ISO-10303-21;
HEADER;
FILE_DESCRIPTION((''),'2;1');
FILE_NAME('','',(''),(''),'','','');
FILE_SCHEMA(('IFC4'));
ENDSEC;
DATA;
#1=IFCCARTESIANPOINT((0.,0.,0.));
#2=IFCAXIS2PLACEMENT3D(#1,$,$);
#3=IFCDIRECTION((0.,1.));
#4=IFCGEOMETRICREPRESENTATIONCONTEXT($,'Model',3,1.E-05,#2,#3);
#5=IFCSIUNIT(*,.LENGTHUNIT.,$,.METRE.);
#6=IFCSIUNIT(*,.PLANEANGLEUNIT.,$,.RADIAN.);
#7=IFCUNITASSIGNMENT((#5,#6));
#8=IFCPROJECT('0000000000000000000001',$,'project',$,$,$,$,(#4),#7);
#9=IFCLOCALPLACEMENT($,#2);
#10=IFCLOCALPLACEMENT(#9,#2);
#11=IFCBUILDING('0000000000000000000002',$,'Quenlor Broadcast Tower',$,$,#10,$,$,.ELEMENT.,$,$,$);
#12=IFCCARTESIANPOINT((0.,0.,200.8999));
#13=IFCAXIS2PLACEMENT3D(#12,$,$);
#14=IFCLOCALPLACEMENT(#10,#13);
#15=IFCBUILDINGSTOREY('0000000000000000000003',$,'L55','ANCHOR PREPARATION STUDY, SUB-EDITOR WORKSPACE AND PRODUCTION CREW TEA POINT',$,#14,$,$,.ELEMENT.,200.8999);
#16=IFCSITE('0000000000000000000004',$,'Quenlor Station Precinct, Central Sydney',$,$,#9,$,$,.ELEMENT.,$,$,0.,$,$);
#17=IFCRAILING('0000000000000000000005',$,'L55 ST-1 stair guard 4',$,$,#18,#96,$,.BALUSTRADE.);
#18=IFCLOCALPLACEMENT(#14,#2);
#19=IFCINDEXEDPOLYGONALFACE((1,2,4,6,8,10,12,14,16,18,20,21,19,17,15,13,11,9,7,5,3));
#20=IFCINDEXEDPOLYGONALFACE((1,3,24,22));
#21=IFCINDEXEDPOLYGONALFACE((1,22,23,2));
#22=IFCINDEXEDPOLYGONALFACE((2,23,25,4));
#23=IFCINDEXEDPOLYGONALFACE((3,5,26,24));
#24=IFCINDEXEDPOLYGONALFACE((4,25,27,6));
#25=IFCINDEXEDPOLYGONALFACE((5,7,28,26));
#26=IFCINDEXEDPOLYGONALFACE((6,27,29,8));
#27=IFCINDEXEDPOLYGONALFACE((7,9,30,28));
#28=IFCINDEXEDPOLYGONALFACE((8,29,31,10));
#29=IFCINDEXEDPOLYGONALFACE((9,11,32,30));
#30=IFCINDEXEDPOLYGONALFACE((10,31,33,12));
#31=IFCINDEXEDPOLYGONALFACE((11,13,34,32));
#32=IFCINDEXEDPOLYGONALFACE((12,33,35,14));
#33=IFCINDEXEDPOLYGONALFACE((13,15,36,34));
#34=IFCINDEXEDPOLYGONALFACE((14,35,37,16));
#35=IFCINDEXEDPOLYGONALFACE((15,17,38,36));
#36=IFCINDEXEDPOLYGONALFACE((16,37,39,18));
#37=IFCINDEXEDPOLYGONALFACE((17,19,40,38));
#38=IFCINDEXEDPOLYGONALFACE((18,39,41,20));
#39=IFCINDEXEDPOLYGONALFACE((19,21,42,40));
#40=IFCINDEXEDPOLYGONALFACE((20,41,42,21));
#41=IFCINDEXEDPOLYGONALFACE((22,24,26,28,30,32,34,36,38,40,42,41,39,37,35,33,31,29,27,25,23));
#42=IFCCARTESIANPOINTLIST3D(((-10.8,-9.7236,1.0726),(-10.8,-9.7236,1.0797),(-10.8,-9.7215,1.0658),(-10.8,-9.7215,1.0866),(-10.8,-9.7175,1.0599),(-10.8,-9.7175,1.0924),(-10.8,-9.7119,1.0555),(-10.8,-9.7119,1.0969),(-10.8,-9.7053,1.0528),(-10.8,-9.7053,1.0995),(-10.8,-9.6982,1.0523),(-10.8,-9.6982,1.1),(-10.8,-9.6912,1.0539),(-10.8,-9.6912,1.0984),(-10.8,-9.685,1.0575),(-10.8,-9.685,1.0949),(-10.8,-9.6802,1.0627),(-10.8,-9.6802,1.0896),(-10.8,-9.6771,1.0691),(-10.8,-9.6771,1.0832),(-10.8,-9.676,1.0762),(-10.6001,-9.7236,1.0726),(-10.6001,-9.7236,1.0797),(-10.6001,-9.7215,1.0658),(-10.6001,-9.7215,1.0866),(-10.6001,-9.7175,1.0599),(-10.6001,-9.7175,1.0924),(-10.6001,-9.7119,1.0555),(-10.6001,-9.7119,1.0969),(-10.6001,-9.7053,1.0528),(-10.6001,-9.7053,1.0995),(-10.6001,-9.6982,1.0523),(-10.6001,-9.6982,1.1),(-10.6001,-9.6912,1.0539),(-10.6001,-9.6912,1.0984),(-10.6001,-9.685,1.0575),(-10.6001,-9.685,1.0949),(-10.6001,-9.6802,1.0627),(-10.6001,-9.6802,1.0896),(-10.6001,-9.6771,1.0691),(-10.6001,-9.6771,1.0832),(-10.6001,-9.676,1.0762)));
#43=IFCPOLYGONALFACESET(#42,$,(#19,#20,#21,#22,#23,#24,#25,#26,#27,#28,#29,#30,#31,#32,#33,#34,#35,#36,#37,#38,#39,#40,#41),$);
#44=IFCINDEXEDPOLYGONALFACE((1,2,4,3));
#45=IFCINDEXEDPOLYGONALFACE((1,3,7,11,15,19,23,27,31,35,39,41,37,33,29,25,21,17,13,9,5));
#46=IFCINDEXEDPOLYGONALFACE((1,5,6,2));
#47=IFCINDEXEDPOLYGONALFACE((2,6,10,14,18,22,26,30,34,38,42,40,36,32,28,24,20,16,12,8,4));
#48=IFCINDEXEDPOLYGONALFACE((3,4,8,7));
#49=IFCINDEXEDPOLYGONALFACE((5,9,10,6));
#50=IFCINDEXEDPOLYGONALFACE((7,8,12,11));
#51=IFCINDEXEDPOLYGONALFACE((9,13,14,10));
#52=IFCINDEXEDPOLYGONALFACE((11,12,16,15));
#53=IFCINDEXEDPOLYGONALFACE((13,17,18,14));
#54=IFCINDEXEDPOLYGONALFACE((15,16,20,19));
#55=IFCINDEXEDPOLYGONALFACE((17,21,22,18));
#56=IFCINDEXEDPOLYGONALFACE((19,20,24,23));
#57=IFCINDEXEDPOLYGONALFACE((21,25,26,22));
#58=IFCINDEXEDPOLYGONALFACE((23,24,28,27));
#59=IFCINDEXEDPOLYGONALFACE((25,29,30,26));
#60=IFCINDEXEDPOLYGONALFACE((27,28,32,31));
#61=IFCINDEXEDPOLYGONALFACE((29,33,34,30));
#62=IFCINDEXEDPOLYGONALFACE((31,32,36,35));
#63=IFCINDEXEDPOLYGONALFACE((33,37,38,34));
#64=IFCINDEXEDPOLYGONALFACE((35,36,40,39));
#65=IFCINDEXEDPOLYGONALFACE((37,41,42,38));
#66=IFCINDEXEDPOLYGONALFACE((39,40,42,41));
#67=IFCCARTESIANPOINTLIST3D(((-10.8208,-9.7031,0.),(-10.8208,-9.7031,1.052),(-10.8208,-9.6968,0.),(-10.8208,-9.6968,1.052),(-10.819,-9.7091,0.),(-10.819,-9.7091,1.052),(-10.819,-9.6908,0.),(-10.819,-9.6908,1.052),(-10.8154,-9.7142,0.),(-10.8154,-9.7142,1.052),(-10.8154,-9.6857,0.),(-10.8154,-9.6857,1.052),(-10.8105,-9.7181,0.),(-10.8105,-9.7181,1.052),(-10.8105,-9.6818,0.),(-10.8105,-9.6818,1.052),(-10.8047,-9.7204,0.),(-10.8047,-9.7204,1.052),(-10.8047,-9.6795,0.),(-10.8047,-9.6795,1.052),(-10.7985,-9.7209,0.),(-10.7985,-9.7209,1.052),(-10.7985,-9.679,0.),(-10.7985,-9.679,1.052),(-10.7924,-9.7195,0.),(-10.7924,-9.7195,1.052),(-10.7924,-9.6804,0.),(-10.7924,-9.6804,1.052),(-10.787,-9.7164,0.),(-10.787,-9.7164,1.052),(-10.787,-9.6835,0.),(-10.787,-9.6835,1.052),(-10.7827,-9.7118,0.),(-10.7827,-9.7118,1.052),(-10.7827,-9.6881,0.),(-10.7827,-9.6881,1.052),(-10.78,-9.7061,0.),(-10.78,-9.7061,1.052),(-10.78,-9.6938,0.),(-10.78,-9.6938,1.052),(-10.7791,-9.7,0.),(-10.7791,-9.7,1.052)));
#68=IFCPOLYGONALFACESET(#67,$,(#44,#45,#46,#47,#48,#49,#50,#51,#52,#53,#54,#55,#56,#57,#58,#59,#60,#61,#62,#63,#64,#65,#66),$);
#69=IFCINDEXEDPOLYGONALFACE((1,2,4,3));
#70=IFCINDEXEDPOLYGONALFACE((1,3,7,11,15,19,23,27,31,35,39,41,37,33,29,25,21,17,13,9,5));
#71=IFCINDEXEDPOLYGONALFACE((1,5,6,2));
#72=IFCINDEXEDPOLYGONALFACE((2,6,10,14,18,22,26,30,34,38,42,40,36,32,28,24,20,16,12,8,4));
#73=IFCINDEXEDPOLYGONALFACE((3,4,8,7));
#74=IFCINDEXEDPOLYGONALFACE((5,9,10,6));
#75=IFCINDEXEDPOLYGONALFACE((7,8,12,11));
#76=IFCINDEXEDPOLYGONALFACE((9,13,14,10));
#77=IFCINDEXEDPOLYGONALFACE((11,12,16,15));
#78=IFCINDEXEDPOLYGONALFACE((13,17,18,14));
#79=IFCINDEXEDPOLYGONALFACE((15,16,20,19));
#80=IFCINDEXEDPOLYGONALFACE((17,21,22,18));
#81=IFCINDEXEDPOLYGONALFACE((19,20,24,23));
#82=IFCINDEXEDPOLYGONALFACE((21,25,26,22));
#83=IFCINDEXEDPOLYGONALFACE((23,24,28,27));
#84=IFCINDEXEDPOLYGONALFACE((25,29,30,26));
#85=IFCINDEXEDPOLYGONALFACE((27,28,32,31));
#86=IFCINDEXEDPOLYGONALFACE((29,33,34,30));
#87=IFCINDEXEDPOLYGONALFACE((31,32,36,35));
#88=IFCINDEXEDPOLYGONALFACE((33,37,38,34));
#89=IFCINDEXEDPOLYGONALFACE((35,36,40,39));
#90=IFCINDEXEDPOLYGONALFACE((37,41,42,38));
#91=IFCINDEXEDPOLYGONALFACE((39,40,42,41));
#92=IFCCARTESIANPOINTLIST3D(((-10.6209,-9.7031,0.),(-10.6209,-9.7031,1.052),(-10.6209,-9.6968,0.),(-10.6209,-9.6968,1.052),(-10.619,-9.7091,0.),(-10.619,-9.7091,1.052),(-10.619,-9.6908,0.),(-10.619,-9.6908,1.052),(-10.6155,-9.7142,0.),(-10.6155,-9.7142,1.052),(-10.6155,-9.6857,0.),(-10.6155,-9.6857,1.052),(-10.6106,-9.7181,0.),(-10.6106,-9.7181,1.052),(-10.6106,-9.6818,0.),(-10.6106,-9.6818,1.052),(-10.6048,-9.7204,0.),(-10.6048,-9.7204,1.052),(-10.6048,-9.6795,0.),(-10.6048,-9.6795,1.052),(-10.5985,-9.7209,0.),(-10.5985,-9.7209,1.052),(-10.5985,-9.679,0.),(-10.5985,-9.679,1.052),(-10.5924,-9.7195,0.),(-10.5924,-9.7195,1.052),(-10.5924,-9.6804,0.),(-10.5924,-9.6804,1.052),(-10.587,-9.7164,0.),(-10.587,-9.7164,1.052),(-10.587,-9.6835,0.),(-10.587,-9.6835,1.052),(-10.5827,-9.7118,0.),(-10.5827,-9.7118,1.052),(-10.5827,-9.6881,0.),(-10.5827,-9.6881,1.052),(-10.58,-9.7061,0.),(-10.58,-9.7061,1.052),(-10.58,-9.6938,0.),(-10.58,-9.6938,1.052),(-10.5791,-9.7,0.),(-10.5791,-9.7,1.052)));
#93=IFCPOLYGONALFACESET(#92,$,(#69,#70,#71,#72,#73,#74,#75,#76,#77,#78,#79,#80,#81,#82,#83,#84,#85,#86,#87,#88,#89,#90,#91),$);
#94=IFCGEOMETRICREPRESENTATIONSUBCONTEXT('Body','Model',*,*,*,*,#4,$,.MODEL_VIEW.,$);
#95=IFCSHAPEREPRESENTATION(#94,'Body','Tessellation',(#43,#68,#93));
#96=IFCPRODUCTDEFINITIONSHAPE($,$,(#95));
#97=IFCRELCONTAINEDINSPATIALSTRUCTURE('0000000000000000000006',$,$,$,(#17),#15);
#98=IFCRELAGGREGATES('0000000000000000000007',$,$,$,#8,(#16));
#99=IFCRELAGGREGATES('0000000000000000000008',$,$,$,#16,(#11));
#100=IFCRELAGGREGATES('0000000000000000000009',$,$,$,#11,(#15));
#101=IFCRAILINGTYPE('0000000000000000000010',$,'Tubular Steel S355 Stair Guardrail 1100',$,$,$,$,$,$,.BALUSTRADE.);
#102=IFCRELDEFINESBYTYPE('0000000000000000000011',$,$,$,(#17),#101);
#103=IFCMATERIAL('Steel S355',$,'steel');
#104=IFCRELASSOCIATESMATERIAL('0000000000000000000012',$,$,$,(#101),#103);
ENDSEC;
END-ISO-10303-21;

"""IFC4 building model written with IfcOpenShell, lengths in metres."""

from ifc_helpers import new_model, si_unit, direction, frame, origin, origin_2d, place, context, subcontext, project, spatial, circle, extrude, material, type_object, element, save


model = new_model("IFC4")

# Units and contexts
model_context = context("Model", 3, precision=1e-05, world=origin(), true_north=direction((0.0, 1.0)))
body_context = subcontext(model_context, "Body", "Model", "MODEL_VIEW")
ifc_project = project(units=[si_unit("LENGTHUNIT", "METRE"), si_unit("PLANEANGLEUNIT", "RADIAN")], contexts=[model_context])

# Site, building, storey
site_placement = place(None, origin())
site = spatial("IfcSite", under=ifc_project, at=site_placement, Name="Quenlor Station Precinct, Central Sydney", CompositionType="ELEMENT", RefElevation=0.0)
building_placement = place(site_placement, origin())
building = spatial("IfcBuilding", under=site, at=building_placement, Name="Quenlor Broadcast Tower", CompositionType="ELEMENT")
storey_placement = place(building_placement, frame((0.0, 0.0, 200.8999)))
storey = spatial("IfcBuildingStorey", under=building, at=storey_placement, Name="L55", Description="ANCHOR PREPARATION STUDY, SUB-EDITOR WORKSPACE AND PRODUCTION CREW TEA POINT", CompositionType="ELEMENT", Elevation=200.8999)

# Railing
ifc_material_1 = material(Name="Steel S355", Category="steel")
railing_type = type_object("IfcRailingType", Name="Tubular Steel S355 Stair Guardrail 1100", PredefinedType="BALUSTRADE", material=ifc_material_1)
railing_1_placement = place(storey_placement, frame((-10.8, -9.7, 0.0)))
element("IfcRailing", 1, at=railing_1_placement, inside=storey, type_object=railing_type, Name="L55 ST-1 stair guard 4", PredefinedType="BALUSTRADE", context=body_context, shape_type="SweptSolid", body=[
    extrude(circle(Radius=0.0239, at=origin_2d()), frame((0.0, 0.0, 1.0762), z_axis=(1.0, 0.0, 0.0), x_axis=(0.0, 1.0, 0.0)), (0.0, 0.0, 1.0), 0.2),
    extrude(circle(Radius=0.021, at=origin_2d()), origin(), (0.0, 0.0, 1.0), 1.052),
    extrude(circle(Radius=0.021, at=origin_2d()), frame((0.2, 0.0, 0.0)), (0.0, 0.0, 1.0), 1.052),
])

save(model, "model.ifc")
